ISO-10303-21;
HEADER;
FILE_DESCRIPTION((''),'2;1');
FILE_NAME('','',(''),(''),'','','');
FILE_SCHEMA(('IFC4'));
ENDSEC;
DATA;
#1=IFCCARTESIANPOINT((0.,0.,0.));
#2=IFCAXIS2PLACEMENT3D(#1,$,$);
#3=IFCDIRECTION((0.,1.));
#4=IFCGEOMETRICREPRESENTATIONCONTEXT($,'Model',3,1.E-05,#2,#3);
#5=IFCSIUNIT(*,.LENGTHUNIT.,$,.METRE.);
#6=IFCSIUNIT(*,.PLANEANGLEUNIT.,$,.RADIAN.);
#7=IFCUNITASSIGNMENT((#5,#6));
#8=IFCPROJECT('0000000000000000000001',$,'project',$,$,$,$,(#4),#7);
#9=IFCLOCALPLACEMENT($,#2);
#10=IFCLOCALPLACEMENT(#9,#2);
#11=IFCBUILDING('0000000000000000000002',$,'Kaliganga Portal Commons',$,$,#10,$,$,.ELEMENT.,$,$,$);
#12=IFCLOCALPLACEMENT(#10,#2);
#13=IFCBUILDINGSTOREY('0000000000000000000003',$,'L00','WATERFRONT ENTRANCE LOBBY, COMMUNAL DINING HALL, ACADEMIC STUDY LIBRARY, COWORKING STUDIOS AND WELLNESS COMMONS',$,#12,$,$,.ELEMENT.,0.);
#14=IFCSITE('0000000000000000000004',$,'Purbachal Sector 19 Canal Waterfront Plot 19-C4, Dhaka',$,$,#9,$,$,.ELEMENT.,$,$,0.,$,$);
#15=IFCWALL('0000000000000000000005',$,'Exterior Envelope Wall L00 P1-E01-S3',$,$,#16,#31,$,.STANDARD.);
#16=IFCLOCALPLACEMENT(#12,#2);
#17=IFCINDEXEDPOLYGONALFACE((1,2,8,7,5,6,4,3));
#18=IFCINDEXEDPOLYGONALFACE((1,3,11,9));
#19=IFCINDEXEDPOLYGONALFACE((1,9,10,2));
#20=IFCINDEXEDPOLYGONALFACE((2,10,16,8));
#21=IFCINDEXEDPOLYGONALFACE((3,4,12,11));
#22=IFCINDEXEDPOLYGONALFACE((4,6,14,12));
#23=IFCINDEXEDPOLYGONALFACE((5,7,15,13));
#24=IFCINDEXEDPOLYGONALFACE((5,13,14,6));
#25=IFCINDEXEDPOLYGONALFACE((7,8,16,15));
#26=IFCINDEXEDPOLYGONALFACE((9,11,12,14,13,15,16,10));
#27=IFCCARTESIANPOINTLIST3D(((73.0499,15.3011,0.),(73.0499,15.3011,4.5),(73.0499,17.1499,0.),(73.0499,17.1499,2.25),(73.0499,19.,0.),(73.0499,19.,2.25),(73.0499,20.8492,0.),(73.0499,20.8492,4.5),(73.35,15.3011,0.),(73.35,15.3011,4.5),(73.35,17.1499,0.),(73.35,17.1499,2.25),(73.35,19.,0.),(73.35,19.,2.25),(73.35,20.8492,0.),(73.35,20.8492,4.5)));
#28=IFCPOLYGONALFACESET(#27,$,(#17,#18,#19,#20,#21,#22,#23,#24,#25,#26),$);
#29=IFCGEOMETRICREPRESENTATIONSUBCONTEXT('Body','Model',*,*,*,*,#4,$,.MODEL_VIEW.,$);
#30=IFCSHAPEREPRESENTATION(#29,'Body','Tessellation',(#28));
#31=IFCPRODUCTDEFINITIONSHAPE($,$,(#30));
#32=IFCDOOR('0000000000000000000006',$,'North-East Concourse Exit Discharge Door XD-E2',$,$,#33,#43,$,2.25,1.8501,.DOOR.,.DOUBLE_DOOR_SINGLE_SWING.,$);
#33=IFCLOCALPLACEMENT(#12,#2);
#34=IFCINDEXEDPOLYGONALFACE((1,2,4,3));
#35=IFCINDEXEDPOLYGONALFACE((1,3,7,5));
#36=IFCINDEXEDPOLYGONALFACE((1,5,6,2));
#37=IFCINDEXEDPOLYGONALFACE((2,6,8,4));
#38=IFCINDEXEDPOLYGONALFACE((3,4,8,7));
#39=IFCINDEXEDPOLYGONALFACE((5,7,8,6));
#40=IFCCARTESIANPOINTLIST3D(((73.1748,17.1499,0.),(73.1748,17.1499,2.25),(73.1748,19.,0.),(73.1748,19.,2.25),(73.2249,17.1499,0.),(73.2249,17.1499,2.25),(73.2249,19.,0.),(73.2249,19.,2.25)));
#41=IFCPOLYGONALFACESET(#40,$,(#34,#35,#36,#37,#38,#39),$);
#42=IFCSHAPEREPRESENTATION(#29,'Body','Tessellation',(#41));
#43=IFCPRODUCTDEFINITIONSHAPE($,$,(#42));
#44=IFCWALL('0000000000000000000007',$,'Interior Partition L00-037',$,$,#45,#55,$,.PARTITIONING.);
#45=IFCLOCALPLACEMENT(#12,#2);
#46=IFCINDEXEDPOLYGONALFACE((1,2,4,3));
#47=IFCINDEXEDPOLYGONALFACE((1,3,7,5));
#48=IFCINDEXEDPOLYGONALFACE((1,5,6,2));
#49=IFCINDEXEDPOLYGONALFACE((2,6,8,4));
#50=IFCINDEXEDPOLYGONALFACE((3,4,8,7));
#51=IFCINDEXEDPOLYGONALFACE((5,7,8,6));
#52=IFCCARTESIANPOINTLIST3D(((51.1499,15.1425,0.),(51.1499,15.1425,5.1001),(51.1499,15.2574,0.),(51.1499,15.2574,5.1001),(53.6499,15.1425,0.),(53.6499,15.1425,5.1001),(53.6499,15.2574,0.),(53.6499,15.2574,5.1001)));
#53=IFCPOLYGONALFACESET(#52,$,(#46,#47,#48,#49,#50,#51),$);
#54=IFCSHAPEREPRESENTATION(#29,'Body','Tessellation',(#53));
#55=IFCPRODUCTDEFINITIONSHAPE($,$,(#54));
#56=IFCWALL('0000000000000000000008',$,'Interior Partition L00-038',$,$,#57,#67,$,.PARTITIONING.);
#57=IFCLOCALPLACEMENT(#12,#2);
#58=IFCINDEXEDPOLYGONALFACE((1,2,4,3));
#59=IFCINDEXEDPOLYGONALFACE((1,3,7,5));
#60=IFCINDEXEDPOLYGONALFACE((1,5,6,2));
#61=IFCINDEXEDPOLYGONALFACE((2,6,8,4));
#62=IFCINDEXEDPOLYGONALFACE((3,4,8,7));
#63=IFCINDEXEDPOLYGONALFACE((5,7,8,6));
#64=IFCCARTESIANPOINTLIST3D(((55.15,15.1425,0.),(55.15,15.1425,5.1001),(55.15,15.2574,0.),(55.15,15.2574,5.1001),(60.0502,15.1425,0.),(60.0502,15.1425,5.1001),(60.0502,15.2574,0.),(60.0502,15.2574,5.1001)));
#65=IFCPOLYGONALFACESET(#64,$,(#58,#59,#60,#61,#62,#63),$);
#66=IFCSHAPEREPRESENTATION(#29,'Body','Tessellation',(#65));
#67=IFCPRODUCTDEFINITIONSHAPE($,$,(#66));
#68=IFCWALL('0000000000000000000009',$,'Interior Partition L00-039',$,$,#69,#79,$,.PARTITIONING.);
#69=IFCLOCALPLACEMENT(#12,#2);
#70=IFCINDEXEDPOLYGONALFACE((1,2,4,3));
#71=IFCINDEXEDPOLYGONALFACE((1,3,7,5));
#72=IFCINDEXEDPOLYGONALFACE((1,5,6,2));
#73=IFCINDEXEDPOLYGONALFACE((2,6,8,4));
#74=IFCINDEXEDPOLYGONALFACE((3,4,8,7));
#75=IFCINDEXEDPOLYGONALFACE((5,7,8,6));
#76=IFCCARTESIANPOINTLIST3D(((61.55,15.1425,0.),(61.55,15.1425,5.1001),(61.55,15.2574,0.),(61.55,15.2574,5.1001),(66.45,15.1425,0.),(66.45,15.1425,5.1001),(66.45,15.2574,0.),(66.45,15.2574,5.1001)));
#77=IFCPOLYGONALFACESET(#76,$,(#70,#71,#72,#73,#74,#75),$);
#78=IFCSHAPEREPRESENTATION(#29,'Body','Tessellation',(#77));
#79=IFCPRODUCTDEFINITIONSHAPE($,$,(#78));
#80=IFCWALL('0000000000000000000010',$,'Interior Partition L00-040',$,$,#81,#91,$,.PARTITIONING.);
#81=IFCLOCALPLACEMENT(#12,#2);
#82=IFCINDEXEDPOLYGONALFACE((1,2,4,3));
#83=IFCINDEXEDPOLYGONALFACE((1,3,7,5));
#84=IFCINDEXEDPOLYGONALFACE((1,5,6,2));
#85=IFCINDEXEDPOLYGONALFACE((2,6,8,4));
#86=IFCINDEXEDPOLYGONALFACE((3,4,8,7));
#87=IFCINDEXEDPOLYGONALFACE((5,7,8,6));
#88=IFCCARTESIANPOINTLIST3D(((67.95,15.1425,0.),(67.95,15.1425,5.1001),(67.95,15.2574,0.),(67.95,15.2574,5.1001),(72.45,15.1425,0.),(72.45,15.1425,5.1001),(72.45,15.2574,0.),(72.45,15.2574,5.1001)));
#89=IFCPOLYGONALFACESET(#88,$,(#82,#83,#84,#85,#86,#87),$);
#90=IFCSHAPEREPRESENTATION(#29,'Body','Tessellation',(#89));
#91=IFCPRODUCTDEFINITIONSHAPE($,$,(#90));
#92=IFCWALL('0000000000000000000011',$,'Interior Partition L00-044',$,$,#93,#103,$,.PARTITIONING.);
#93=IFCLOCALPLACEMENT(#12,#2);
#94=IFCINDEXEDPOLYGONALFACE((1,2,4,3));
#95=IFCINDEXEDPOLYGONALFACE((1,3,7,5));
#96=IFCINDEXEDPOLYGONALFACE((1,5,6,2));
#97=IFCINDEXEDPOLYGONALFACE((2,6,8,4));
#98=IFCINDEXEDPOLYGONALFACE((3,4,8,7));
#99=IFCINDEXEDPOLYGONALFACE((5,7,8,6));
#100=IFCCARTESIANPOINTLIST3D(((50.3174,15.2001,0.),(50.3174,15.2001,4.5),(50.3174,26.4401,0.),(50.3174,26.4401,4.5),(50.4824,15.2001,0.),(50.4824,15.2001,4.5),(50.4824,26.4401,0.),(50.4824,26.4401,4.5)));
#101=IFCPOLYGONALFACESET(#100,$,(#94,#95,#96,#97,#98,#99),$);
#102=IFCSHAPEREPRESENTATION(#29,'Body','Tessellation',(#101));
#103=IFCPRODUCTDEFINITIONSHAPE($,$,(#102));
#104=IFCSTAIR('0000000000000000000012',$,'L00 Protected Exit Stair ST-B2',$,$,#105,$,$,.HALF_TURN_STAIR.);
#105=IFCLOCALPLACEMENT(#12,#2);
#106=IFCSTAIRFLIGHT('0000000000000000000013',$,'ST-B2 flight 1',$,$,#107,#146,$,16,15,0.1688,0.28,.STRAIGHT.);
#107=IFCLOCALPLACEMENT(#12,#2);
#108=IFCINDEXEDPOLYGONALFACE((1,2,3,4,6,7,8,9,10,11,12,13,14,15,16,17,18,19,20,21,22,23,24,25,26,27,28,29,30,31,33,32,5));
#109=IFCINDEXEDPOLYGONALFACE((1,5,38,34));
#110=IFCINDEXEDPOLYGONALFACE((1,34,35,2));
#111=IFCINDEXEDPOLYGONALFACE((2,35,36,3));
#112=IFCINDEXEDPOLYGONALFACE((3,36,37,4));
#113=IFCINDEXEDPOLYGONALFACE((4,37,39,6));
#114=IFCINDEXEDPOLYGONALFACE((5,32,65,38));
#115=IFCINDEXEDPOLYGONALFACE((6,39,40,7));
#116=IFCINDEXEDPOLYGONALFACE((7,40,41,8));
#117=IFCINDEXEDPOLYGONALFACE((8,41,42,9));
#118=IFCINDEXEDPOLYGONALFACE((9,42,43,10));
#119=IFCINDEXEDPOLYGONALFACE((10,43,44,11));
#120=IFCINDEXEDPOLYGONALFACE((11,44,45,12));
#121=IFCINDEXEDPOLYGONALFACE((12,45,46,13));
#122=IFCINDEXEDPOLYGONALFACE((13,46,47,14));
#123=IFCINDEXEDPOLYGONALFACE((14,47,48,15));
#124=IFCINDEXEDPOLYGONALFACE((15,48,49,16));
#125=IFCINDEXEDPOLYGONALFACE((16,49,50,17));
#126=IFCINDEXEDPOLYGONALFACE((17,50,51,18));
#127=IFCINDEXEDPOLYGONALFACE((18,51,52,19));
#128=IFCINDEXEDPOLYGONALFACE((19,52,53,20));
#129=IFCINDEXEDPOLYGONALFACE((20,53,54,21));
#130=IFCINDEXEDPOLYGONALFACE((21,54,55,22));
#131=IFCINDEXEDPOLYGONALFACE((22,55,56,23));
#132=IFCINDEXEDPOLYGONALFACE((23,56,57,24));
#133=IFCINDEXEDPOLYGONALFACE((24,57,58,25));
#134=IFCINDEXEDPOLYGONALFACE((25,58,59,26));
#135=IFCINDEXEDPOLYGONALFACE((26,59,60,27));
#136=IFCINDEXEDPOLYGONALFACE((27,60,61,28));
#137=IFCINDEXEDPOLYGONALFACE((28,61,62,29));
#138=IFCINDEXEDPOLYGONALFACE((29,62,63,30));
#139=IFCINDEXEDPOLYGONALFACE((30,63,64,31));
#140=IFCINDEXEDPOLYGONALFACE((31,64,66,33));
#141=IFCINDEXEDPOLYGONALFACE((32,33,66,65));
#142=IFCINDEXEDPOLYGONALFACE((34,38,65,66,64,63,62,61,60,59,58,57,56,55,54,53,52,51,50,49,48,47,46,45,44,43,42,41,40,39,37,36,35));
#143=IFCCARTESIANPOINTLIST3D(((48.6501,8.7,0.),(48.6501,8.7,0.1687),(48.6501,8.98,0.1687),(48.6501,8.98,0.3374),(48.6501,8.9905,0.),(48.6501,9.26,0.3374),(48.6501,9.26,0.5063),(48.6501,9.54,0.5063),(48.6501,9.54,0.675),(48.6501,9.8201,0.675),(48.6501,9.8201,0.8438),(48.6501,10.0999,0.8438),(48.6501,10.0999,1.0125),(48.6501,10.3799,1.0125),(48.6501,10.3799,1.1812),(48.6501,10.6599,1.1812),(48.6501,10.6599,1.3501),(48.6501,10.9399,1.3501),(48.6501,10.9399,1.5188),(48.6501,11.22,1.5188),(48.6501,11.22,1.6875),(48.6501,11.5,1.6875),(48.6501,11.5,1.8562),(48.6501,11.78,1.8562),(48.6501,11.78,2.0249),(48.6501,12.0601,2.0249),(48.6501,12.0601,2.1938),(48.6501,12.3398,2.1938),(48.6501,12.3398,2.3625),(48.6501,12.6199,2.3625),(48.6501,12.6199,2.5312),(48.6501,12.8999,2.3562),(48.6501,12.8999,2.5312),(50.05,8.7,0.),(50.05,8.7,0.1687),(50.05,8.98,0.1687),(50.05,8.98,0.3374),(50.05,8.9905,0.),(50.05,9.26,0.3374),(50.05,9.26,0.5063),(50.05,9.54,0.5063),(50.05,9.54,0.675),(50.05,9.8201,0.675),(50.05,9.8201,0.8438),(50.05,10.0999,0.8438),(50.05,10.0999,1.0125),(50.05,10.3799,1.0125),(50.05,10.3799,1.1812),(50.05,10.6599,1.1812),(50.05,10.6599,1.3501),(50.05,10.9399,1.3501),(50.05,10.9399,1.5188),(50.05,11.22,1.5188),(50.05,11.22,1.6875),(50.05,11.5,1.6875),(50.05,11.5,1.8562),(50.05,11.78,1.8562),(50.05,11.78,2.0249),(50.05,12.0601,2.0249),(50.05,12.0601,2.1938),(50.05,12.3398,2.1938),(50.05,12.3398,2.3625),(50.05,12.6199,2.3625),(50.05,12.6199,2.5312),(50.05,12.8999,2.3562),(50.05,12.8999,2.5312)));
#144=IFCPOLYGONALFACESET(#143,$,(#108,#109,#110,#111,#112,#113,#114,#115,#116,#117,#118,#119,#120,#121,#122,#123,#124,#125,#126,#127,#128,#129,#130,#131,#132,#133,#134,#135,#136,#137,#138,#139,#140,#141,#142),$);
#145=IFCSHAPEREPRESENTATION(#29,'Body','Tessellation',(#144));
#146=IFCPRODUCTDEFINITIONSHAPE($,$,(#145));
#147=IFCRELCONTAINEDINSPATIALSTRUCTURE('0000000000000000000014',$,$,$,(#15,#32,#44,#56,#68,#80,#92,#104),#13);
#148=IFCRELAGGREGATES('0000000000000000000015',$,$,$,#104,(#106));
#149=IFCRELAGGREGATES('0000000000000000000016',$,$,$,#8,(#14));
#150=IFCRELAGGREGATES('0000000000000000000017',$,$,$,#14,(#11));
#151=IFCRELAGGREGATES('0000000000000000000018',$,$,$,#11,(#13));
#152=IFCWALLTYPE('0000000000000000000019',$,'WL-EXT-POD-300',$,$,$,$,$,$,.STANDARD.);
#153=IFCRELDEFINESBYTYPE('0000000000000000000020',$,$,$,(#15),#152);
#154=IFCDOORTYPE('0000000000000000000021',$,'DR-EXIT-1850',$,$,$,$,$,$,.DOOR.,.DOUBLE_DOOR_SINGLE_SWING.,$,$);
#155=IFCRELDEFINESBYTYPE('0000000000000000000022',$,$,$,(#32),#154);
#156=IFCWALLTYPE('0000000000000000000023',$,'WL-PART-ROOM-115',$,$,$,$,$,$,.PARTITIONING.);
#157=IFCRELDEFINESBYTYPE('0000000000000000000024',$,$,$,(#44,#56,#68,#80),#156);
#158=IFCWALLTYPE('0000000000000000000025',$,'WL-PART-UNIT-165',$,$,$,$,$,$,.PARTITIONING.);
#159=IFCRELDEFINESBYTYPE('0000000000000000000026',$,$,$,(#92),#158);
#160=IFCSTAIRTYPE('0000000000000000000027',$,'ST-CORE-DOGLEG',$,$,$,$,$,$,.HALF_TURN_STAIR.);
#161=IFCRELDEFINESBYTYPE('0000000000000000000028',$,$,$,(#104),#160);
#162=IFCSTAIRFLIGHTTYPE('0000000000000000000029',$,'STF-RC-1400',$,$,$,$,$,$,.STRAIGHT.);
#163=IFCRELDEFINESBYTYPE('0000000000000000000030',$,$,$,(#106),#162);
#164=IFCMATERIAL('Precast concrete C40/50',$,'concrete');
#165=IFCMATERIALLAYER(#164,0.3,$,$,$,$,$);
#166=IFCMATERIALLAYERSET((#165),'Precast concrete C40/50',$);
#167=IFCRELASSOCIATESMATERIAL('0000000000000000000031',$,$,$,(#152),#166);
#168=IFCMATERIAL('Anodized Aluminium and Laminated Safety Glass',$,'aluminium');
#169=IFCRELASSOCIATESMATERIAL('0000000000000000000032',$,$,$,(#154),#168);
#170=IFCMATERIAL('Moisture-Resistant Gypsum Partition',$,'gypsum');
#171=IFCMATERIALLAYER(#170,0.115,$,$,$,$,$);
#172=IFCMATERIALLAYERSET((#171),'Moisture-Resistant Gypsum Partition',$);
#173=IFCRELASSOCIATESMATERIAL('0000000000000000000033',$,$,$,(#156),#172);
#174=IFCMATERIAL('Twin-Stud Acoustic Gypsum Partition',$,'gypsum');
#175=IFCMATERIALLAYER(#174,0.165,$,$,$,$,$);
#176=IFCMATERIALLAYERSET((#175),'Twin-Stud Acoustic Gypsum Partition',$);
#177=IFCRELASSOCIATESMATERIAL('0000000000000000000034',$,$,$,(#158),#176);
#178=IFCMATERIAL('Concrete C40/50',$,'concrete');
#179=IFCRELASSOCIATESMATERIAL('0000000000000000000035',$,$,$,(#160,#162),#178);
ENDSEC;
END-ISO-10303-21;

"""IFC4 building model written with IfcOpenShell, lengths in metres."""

from ifc_helpers import new_model, si_unit, direction, frame, frame_2d, origin, place, context, subcontext, project, spatial, polyline, rectangle, outline, extrude, material, layer, layer_set, type_object, element, fill, aggregate, save


model = new_model("IFC4")

# Units and contexts
model_context = context("Model", 3, precision=1e-05, world=origin(), true_north=direction((0.0, 1.0)))
body_context = subcontext(model_context, "Body", "Model", "MODEL_VIEW")
ifc_project = project(units=[si_unit("LENGTHUNIT", "METRE"), si_unit("PLANEANGLEUNIT", "RADIAN")], contexts=[model_context])

# Site, building, storey
site_placement = place(None, origin())
site = spatial("IfcSite", under=ifc_project, at=site_placement, Name="Purbachal Sector 19 Canal Waterfront Plot 19-C4, Dhaka", CompositionType="ELEMENT", RefElevation=0.0)
building_placement = place(site_placement, origin())
building = spatial("IfcBuilding", under=site, at=building_placement, Name="Kaliganga Portal Commons", CompositionType="ELEMENT")
storey_placement = place(building_placement, origin())
storey = spatial("IfcBuildingStorey", under=building, at=storey_placement, Name="L00", Description="WATERFRONT ENTRANCE LOBBY, COMMUNAL DINING HALL, ACADEMIC STUDY LIBRARY, COWORKING STUDIOS AND WELLNESS COMMONS", CompositionType="ELEMENT", Elevation=0.0)

# Wall, opening, door
ifc_material_1 = material(Name="Precast concrete C40/50", Category="concrete")
ifc_layer_1 = layer(ifc_material_1, 0.3)
ifc_layer_set_1 = layer_set([ifc_layer_1], Name="Precast concrete C40/50")
wall_type_1 = type_object("IfcWallType", Name="WL-EXT-POD-300", PredefinedType="STANDARD", material=ifc_layer_set_1)
ifc_material_2 = material(Name="Anodized Aluminium and Laminated Safety Glass", Category="aluminium")
door_type = type_object("IfcDoorType", Name="DR-EXIT-1850", OperationType="DOUBLE_DOOR_SINGLE_SWING", PredefinedType="DOOR", material=ifc_material_2)
wall_1_placement = place(storey_placement, frame((73.2, 20.8491, 0.0), z_axis=(0.0, 0.0, 1.0), x_axis=(0.0, -1.0, 0.0)))
wall_1 = element("IfcWall", 1, at=wall_1_placement, inside=storey, type_object=wall_type_1, Name="Exterior Envelope Wall L00 P1-E01-S3", PredefinedType="STANDARD", context=body_context, shape_type="SweptSolid", body=[
    extrude(rectangle(XDim=5.5481, YDim=0.3, at=frame_2d((2.7739, 0.0))), origin(), (0.0, 0.0, 1.0), 4.5),
])
opening_1_placement = place(wall_1_placement, frame((1.8491, 0.0, 0.0)))
opening_1 = element("IfcOpeningElement", 2, at=opening_1_placement, cuts=wall_1, PredefinedType="OPENING", context=body_context, shape_type="SweptSolid", body=[
    extrude(rectangle(XDim=1.8501, YDim=2.25, at=frame_2d((0.925, 1.125))), frame((0.0, 0.1602, 0.0), z_axis=(0.0, -1.0, 0.0), x_axis=(1.0, 0.0, 0.0)), (0.0, 0.0, 1.0), 0.3201),
])
door_1_placement = place(opening_1_placement, origin())
door_1 = element("IfcDoor", 3, at=door_1_placement, inside=storey, type_object=door_type, Name="North-East Concourse Exit Discharge Door XD-E2", OperationType="DOUBLE_DOOR_SINGLE_SWING", OverallHeight=2.25, OverallWidth=1.8501, PredefinedType="DOOR", context=body_context, shape_type="SweptSolid", body=[
    extrude(rectangle(XDim=1.8501, YDim=2.25, at=frame_2d((0.925, 1.125))), frame((0.0, 0.0249, 0.0), z_axis=(0.0, -1.0, 0.0), x_axis=(1.0, 0.0, 0.0)), (0.0, 0.0, 1.0), 0.05),
])
fill(opening_1, door_1)

# Walls
ifc_material_3 = material(Name="Moisture-Resistant Gypsum Partition", Category="gypsum")
ifc_layer_2 = layer(ifc_material_3, 0.115)
ifc_layer_set_2 = layer_set([ifc_layer_2], Name="Moisture-Resistant Gypsum Partition")
wall_type_2 = type_object("IfcWallType", Name="WL-PART-ROOM-115", PredefinedType="PARTITIONING", material=ifc_layer_set_2)
wall_2_placement = place(storey_placement, frame((51.1499, 15.2, 0.0), z_axis=(0.0, 0.0, 1.0), x_axis=(1.0, 0.0, 0.0)))
element("IfcWall", 4, at=wall_2_placement, inside=storey, type_object=wall_type_2, Name="Interior Partition L00-037", PredefinedType="PARTITIONING", context=body_context, shape_type="SweptSolid", body=[
    extrude(rectangle(XDim=2.5, YDim=0.115, at=frame_2d((1.25, 0.0))), origin(), (0.0, 0.0, 1.0), 5.1001),
])
wall_3_placement = place(storey_placement, frame((55.1499, 15.2, 0.0), z_axis=(0.0, 0.0, 1.0), x_axis=(1.0, 0.0, 0.0)))
element("IfcWall", 5, at=wall_3_placement, inside=storey, type_object=wall_type_2, Name="Interior Partition L00-038", PredefinedType="PARTITIONING", context=body_context, shape_type="SweptSolid", body=[
    extrude(rectangle(XDim=4.9001, YDim=0.115, at=frame_2d((2.4502, 0.0))), origin(), (0.0, 0.0, 1.0), 5.1001),
])
wall_4_placement = place(storey_placement, frame((61.55, 15.2, 0.0), z_axis=(0.0, 0.0, 1.0), x_axis=(1.0, 0.0, 0.0)))
element("IfcWall", 6, at=wall_4_placement, inside=storey, type_object=wall_type_2, Name="Interior Partition L00-039", PredefinedType="PARTITIONING", context=body_context, shape_type="SweptSolid", body=[
    extrude(rectangle(XDim=4.8999, YDim=0.115, at=frame_2d((2.45, 0.0))), origin(), (0.0, 0.0, 1.0), 5.1001),
])
wall_5_placement = place(storey_placement, frame((67.95, 15.2, 0.0), z_axis=(0.0, 0.0, 1.0), x_axis=(1.0, 0.0, 0.0)))
element("IfcWall", 7, at=wall_5_placement, inside=storey, type_object=wall_type_2, Name="Interior Partition L00-040", PredefinedType="PARTITIONING", context=body_context, shape_type="SweptSolid", body=[
    extrude(rectangle(XDim=4.5, YDim=0.115, at=frame_2d((2.25, 0.0))), origin(), (0.0, 0.0, 1.0), 5.1001),
])
ifc_material_4 = material(Name="Twin-Stud Acoustic Gypsum Partition", Category="gypsum")
ifc_layer_3 = layer(ifc_material_4, 0.165)
ifc_layer_set_3 = layer_set([ifc_layer_3], Name="Twin-Stud Acoustic Gypsum Partition")
wall_type_3 = type_object("IfcWallType", Name="WL-PART-UNIT-165", PredefinedType="PARTITIONING", material=ifc_layer_set_3)
wall_6_placement = place(storey_placement, frame((50.3999, 15.2, 0.0), z_axis=(0.0, 0.0, 1.0), x_axis=(0.0, 1.0, 0.0)))
element("IfcWall", 8, at=wall_6_placement, inside=storey, type_object=wall_type_3, Name="Interior Partition L00-044", PredefinedType="PARTITIONING", context=body_context, shape_type="SweptSolid", body=[
    extrude(rectangle(XDim=11.24, YDim=0.165, at=frame_2d((5.6201, 0.0))), origin(), (0.0, 0.0, 1.0), 4.5),
])

# Stair, stair flight
ifc_material_5 = material(Name="Concrete C40/50", Category="concrete")
stair_type = type_object("IfcStairType", Name="ST-CORE-DOGLEG", PredefinedType="HALF_TURN_STAIR", material=ifc_material_5)
stair_placement = place(storey_placement, origin())
stair = element("IfcStair", 9, at=stair_placement, inside=storey, type_object=stair_type, Name="L00 Protected Exit Stair ST-B2", PredefinedType="HALF_TURN_STAIR")
stair_flight_type = type_object("IfcStairFlightType", Name="STF-RC-1400", PredefinedType="STRAIGHT", material=ifc_material_5)
stair_flight_placement = place(storey_placement, frame((49.3501, 8.7, 0.0), z_axis=(0.0, 0.0, 1.0), x_axis=(0.0, 1.0, 0.0)))
stair_flight = element("IfcStairFlight", 10, at=stair_flight_placement, type_object=stair_flight_type, Name="ST-B2 flight 1", NumberOfRisers=16, NumberOfTreads=15, PredefinedType="STRAIGHT", RiserHeight=0.1688, TreadLength=0.28, context=body_context, shape_type="SweptSolid", body=[
    extrude(outline(polyline([(0.0, 0.0), (0.0, 0.1687), (0.28, 0.1687), (0.28, 0.3374), (0.5601, 0.3374), (0.5601, 0.5063), (0.8401, 0.5063), (0.8401, 0.675), (1.1201, 0.675), (1.1201, 0.8438), (1.3999, 0.8438), (1.3999, 1.0125), (1.6799, 1.0125), (1.6799, 1.1812), (1.96, 1.1812), (1.96, 1.3501), (2.24, 1.3501), (2.24, 1.5188), (2.52, 1.5188), (2.52, 1.6875), (2.8, 1.6875), (2.8, 1.8562), (3.0801, 1.8562), (3.0801, 2.0249), (3.3601, 2.0249), (3.3601, 2.1938), (3.6399, 2.1938), (3.6399, 2.3625), (3.9199, 2.3625), (3.9199, 2.5312), (4.2, 2.5312), (4.2, 2.7), (4.2, 2.3562), (0.2905, 0.0), (0.0, 0.0)])), frame((0.0, 0.7, 0.0), z_axis=(0.0, -1.0, 0.0), x_axis=(1.0, 0.0, 0.0)), (0.0, 0.0, 1.0), 1.3999),
])
aggregate(stair, [stair_flight])

save(model, "model.ifc")
